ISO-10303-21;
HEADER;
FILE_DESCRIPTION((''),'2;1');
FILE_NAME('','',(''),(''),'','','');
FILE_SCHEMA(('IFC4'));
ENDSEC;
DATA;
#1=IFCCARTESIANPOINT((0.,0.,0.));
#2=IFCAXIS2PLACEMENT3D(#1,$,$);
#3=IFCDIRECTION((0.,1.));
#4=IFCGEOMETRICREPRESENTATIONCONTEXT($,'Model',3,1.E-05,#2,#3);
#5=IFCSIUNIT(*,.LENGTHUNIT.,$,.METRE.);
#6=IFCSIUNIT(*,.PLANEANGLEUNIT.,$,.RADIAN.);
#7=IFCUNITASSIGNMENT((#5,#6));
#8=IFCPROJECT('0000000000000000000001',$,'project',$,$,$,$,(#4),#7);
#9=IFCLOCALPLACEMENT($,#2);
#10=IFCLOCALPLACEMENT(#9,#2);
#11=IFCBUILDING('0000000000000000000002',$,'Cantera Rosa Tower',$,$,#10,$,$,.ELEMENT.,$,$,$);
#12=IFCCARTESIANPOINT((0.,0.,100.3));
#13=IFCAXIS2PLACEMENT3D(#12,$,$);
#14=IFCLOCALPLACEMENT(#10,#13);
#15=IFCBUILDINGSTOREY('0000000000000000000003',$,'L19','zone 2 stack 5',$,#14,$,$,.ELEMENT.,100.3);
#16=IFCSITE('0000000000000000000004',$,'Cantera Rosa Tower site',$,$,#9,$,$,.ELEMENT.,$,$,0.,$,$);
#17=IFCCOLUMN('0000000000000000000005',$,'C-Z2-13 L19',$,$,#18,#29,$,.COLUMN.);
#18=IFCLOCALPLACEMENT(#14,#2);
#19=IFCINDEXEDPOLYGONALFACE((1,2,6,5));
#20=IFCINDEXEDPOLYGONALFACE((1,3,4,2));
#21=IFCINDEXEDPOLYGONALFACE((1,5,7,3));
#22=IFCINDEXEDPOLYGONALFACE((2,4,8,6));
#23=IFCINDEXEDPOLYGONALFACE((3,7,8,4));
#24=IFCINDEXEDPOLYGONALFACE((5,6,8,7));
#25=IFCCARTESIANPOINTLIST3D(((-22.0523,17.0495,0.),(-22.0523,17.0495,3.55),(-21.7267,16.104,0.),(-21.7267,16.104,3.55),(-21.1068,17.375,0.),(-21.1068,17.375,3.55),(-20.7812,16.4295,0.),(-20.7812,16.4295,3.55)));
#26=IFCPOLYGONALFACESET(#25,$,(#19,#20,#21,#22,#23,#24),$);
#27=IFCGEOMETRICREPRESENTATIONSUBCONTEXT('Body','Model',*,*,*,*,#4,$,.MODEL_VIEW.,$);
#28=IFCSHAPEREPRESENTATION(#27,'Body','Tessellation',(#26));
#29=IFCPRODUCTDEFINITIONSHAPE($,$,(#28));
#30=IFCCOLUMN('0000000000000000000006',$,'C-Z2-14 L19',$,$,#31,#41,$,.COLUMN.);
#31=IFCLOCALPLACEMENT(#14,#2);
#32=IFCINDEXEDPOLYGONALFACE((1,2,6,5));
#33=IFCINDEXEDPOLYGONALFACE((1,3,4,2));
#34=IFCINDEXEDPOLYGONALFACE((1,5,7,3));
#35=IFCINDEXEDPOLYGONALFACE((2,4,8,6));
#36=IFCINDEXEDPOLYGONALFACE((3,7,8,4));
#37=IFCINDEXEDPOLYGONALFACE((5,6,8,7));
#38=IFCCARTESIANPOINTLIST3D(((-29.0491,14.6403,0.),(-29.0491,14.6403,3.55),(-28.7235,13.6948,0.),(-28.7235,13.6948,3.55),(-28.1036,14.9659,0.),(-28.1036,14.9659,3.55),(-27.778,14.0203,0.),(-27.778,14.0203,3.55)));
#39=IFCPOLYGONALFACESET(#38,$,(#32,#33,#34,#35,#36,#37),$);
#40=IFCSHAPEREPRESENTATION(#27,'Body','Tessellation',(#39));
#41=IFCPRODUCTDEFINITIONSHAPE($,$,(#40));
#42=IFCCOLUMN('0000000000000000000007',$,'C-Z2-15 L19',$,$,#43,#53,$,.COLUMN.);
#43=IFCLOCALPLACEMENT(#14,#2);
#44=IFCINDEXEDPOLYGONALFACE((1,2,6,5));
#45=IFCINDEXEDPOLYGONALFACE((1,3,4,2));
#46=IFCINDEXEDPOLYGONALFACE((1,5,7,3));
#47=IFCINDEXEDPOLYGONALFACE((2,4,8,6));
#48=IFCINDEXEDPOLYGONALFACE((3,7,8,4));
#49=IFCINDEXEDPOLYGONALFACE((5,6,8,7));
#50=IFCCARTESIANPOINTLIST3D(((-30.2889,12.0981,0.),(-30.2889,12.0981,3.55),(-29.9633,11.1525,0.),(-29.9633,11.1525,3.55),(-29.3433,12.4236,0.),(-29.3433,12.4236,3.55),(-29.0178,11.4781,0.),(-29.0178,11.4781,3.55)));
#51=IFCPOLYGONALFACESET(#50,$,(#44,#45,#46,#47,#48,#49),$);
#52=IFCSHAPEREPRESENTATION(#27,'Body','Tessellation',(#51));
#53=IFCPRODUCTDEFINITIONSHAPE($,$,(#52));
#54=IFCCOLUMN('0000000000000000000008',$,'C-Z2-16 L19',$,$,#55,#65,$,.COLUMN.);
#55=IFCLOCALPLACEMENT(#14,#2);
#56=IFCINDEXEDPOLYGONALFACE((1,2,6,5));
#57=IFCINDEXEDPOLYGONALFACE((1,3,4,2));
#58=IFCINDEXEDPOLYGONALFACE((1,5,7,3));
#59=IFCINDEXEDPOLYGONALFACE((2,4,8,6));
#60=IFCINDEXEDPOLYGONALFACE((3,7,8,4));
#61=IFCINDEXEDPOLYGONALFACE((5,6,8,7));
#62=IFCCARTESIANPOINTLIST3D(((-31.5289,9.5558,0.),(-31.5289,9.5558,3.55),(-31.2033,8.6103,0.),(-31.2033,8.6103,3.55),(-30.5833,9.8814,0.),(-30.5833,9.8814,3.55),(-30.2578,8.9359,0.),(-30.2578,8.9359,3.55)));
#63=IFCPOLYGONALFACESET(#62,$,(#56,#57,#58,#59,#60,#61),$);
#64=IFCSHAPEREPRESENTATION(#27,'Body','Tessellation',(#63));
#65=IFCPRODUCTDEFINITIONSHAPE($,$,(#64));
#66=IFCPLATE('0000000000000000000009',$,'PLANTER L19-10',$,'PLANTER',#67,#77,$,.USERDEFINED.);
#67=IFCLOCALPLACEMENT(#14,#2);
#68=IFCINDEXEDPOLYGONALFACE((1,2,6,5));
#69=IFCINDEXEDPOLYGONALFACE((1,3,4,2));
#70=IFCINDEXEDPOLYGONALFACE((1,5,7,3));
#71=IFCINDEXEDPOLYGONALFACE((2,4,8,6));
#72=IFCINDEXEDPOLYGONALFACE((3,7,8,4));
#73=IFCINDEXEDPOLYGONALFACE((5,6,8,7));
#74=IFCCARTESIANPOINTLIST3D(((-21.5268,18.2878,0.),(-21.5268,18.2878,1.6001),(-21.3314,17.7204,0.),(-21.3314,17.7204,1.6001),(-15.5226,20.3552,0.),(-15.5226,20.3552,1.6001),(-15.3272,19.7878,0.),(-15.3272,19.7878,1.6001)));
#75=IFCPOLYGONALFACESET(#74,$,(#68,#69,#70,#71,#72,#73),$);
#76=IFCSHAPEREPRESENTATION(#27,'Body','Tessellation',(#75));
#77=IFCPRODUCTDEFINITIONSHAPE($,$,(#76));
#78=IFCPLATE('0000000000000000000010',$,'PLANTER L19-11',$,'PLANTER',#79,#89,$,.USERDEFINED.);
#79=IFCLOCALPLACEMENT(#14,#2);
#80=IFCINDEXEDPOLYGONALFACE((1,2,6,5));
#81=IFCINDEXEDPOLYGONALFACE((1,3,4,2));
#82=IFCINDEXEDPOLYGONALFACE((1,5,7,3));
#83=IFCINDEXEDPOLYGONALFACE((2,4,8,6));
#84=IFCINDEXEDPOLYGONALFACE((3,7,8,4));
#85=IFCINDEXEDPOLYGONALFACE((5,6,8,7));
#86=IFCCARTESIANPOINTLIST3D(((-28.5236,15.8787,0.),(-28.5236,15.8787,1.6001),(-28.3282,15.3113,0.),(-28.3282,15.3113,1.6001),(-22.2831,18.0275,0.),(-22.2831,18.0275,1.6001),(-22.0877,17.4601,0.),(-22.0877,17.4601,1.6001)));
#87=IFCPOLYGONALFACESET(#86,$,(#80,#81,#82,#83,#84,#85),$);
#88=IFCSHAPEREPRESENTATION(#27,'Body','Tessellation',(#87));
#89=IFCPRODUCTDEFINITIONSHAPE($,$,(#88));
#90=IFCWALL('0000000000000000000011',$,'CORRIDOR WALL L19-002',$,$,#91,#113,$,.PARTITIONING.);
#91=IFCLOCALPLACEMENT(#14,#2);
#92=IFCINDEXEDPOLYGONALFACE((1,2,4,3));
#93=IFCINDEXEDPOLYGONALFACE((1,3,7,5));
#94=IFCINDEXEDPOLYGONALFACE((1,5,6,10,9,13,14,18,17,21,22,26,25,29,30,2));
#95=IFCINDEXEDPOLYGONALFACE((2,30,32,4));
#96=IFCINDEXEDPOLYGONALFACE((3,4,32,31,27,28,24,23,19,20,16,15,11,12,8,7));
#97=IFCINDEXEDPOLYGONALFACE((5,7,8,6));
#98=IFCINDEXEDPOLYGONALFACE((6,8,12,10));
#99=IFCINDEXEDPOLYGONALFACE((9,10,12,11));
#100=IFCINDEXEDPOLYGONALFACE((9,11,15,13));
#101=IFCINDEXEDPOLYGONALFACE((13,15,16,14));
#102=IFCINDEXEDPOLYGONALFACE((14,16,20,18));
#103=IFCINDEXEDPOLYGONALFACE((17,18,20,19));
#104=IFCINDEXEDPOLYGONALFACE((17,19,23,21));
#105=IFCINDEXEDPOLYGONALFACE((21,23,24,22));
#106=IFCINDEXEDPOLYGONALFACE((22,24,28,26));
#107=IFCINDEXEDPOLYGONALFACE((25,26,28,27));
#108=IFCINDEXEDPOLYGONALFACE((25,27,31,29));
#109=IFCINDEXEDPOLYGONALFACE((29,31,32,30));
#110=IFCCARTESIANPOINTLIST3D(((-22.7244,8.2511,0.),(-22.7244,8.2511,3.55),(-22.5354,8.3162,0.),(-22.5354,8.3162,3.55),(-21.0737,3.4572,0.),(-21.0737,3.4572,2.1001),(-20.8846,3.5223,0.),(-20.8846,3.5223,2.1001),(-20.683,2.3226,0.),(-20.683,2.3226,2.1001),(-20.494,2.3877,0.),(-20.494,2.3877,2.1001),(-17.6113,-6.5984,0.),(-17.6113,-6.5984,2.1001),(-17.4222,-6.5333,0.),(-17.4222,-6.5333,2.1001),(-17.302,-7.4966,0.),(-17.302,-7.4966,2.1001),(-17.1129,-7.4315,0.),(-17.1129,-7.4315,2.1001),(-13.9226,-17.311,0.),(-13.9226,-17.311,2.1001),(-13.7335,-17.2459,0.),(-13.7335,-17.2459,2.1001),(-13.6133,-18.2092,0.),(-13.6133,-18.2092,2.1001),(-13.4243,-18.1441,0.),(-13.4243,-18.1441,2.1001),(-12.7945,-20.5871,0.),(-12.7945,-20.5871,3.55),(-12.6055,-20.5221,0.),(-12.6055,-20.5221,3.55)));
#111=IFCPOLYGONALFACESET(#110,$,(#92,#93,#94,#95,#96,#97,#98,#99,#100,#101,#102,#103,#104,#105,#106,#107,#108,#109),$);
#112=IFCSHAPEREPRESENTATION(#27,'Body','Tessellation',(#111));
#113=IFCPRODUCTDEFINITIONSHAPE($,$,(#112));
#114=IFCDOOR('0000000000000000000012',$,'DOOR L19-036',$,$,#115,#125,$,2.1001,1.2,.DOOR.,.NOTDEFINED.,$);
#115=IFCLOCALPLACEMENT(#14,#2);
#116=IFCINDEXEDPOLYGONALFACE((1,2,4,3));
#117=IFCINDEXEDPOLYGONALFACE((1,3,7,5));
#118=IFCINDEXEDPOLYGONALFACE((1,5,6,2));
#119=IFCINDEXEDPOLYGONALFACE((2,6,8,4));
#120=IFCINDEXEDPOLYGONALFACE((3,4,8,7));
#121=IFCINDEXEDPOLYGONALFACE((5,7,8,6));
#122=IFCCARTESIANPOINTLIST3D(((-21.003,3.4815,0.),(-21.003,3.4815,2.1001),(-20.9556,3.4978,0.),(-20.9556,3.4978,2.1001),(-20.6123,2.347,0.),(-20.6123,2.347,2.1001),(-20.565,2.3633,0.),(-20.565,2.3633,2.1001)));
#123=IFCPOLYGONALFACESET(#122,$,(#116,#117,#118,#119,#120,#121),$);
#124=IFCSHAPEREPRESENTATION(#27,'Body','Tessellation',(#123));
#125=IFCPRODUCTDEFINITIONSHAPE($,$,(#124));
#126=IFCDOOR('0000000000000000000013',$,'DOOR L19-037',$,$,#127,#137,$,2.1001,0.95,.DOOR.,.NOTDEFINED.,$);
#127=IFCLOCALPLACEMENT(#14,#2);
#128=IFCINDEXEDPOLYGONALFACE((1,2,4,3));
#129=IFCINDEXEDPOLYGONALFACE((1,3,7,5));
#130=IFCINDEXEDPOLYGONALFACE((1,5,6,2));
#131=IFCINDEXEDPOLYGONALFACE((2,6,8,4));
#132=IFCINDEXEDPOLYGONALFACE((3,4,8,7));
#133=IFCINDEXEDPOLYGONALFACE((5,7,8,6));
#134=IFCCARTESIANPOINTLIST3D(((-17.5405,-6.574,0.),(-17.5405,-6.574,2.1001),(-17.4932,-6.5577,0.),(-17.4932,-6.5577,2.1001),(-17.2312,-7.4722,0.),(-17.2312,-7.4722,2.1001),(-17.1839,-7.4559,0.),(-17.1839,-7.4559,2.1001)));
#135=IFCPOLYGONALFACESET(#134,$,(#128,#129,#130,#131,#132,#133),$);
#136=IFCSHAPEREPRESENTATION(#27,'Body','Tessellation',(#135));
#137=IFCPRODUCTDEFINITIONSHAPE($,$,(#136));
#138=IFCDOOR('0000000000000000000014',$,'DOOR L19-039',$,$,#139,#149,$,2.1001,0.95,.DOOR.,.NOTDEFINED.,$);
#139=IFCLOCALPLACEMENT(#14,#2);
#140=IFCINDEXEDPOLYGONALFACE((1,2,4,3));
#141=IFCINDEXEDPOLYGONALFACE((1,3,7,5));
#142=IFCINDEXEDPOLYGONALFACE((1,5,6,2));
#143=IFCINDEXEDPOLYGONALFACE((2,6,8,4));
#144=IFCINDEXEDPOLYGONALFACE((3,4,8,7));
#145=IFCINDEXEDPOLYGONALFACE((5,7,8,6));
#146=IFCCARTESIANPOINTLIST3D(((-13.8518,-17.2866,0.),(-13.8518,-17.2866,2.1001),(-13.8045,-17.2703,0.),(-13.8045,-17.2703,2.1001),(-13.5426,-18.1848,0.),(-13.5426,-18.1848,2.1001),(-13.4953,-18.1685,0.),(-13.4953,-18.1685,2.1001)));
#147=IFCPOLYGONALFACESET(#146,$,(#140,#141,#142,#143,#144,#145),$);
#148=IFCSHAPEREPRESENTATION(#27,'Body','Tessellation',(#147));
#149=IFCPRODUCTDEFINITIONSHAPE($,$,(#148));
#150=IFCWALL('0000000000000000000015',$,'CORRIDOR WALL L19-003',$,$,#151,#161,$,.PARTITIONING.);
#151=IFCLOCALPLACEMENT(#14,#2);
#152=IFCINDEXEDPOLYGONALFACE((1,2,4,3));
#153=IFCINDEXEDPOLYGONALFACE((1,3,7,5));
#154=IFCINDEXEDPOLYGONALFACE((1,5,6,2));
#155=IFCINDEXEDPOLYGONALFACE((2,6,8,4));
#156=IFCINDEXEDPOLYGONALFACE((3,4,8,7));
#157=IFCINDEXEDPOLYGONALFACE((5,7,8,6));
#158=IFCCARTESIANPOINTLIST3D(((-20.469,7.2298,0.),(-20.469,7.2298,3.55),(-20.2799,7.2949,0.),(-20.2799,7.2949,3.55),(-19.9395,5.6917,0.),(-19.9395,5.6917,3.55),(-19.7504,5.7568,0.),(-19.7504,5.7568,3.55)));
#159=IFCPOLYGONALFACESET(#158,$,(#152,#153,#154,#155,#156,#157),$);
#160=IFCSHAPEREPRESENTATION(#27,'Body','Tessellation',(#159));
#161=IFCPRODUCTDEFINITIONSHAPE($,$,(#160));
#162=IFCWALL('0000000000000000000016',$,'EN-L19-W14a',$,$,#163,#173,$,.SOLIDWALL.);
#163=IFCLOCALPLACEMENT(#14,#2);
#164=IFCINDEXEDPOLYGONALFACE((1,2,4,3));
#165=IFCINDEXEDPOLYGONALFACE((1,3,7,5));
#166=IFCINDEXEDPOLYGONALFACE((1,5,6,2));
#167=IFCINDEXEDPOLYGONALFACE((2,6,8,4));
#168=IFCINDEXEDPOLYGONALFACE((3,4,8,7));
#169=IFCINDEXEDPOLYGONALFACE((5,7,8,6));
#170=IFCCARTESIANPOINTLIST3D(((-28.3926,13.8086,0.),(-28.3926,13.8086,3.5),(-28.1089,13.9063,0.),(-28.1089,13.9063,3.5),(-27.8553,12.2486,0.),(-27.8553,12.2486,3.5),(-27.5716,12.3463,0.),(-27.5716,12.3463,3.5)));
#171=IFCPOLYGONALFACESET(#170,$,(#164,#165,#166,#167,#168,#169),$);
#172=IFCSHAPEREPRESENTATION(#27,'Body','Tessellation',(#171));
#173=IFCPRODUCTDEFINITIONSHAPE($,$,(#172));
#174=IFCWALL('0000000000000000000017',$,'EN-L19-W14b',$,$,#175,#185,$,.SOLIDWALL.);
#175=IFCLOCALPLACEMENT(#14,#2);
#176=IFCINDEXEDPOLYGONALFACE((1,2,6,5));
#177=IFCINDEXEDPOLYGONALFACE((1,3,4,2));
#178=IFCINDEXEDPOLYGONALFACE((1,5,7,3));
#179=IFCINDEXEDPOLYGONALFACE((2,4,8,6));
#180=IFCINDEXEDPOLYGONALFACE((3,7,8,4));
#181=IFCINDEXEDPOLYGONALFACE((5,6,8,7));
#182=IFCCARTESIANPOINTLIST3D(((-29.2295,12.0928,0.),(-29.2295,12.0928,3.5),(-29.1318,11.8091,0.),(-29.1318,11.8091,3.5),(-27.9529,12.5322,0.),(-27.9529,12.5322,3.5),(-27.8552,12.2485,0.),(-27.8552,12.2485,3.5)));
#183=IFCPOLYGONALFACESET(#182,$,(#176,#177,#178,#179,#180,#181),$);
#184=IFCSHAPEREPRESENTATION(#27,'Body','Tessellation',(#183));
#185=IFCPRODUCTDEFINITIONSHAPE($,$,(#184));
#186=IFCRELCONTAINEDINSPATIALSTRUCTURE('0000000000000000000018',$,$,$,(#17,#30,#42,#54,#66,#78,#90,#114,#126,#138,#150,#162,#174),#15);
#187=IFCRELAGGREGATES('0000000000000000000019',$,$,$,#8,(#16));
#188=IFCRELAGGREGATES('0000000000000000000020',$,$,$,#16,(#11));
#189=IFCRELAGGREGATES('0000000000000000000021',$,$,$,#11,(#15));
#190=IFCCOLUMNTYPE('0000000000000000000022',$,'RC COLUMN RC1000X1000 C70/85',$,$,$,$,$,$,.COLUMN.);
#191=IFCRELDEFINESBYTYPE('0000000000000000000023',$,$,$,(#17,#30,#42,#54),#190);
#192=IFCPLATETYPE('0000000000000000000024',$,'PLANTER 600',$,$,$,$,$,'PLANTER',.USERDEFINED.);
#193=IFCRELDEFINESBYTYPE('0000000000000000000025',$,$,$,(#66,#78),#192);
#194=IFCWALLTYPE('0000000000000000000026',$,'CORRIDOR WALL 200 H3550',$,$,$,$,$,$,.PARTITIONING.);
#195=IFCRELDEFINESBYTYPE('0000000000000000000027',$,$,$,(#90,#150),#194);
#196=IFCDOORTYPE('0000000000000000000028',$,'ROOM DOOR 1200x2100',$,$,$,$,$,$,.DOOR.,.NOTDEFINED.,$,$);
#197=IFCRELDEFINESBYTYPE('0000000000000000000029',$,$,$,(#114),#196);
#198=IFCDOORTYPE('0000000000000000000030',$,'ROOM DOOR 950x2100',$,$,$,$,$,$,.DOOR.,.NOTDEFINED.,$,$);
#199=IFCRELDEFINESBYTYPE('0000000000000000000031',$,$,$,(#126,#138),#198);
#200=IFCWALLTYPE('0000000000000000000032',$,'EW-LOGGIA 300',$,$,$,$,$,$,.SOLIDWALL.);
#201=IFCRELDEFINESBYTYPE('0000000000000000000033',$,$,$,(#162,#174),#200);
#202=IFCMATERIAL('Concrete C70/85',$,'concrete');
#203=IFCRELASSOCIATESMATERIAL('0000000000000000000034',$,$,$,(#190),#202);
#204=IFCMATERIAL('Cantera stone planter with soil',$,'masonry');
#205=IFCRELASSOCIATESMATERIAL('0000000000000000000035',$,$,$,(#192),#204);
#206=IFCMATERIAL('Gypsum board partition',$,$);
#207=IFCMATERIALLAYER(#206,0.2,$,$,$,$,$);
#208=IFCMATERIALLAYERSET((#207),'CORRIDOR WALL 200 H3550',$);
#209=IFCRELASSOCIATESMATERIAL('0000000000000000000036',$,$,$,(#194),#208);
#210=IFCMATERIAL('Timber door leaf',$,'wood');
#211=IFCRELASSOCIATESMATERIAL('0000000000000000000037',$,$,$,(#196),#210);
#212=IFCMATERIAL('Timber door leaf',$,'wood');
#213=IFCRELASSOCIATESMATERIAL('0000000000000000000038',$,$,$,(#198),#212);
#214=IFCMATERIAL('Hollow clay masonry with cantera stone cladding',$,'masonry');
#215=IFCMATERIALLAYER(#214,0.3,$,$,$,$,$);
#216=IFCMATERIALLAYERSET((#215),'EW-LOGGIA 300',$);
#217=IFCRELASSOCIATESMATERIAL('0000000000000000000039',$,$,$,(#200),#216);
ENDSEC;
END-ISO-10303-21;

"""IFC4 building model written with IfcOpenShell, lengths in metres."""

from ifc_helpers import new_model, si_unit, direction, frame, frame_2d, origin, origin_2d, place, context, subcontext, project, spatial, rectangle, extrude, material, layer, layer_set, material_profile, profile_set, type_object, element, fill, save


model = new_model("IFC4")

# Units and contexts
model_context = context("Model", 3, precision=1e-05, world=origin(), true_north=direction((0.0, 1.0)))
body_context = subcontext(model_context, "Body", "Model", "MODEL_VIEW")
ifc_project = project(units=[si_unit("LENGTHUNIT", "METRE"), si_unit("PLANEANGLEUNIT", "RADIAN")], contexts=[model_context])

# Site, building, storey
site_placement = place(None, origin())
site = spatial("IfcSite", under=ifc_project, at=site_placement, Name="Cantera Rosa Tower site", CompositionType="ELEMENT", RefElevation=0.0)
building_placement = place(site_placement, origin())
building = spatial("IfcBuilding", under=site, at=building_placement, Name="Cantera Rosa Tower", CompositionType="ELEMENT")
storey_placement = place(building_placement, frame((0.0, 0.0, 100.3)))
storey = spatial("IfcBuildingStorey", under=building, at=storey_placement, Name="L19", Description="zone 2 stack 5", CompositionType="ELEMENT", Elevation=100.3)

# Columns
ifc_material_1 = material(Name="Concrete C70/85", Category="concrete")
ifc_material_profile = material_profile(ifc_material_1, rectangle(XDim=1.0, YDim=1.0, at=origin_2d()), Name="RC COLUMN RC1000X1000 C70/85")
ifc_profile_set = profile_set([ifc_material_profile], Name="Concrete C70/85")
column_type = type_object("IfcColumnType", Name="RC COLUMN RC1000X1000 C70/85", PredefinedType="COLUMN", material=ifc_profile_set)
for number, where, z_axis, x_axis, name in (
    (1, (-21.4167, 16.7395, 0.0), (0.0, 0.0, 1.0), (0.945519, 0.325568, 0.0), "C-Z2-13 L19"),
    (2, (-28.4136, 14.3303, 0.0), (0.0, 0.0, 1.0), (0.945519, 0.325568, 0.0), "C-Z2-14 L19"),
    (3, (-29.6533, 11.7881, 0.0), (0.0, 0.0, 1.0), (0.945519, 0.325568, 0.0), "C-Z2-15 L19"),
    (4, (-30.8933, 9.2458, 0.0), (0.0, 0.0, 1.0), (0.945519, 0.325568, 0.0), "C-Z2-16 L19"),
):
    element("IfcColumn", number, at=place(storey_placement, frame(where, z_axis=z_axis, x_axis=x_axis)), inside=storey, type_object=column_type, Name=name, PredefinedType="COLUMN", context=body_context, shape_type="SweptSolid", body=[
        extrude(rectangle(XDim=1.0, YDim=1.0, at=origin_2d()), origin(), (0.0, 0.0, 1.0), 3.55),
    ])

# Plates
ifc_material_2 = material(Name="Cantera stone planter with soil", Category="masonry")
plate_type = type_object("IfcPlateType", Name="PLANTER 600", ElementType="PLANTER", PredefinedType="USERDEFINED", material=ifc_material_2)
plate_1_placement = place(storey_placement, frame((-18.427, 19.0378, 0.0), z_axis=(0.0, 0.0, 1.0), x_axis=(-0.945519, -0.325568, 0.0)))
element("IfcPlate", 5, at=plate_1_placement, inside=storey, type_object=plate_type, Name="PLANTER L19-10", ObjectType="PLANTER", PredefinedType="USERDEFINED", context=body_context, shape_type="SweptSolid", body=[
    extrude(rectangle(XDim=6.3501, YDim=0.6001, at=origin_2d()), origin(), (0.0, 0.0, 1.0), 1.6001),
])
plate_2_placement = place(storey_placement, frame((-25.3057, 16.6694, 0.0), z_axis=(0.0, 0.0, 1.0), x_axis=(-0.945519, -0.325568, 0.0)))
element("IfcPlate", 6, at=plate_2_placement, inside=storey, type_object=plate_type, Name="PLANTER L19-11", ObjectType="PLANTER", PredefinedType="USERDEFINED", context=body_context, shape_type="SweptSolid", body=[
    extrude(rectangle(XDim=6.6001, YDim=0.6001, at=origin_2d()), origin(), (0.0, 0.0, 1.0), 1.6001),
])

# Wall, openings, doors
ifc_material_3 = material(Name="Gypsum board partition")
ifc_layer_1 = layer(ifc_material_3, 0.2)
ifc_layer_set_1 = layer_set([ifc_layer_1], Name="CORRIDOR WALL 200 H3550")
wall_type_1 = type_object("IfcWallType", Name="CORRIDOR WALL 200 H3550", PredefinedType="PARTITIONING", material=ifc_layer_set_1)
wall_1_placement = place(storey_placement, frame((-22.6299, 8.2837, 0.0), z_axis=(0.0, 0.0, 1.0), x_axis=(0.325571, -0.945518, 0.0)))
wall_1 = element("IfcWall", 7, at=wall_1_placement, inside=storey, type_object=wall_type_1, Name="CORRIDOR WALL L19-002", PredefinedType="PARTITIONING", context=body_context, shape_type="SweptSolid", body=[
    extrude(rectangle(XDim=30.5, YDim=0.2, at=frame_2d((15.25, 0.0))), origin(), (0.0, 0.0, 1.0), 3.55),
])
opening_1_placement = place(wall_1_placement, frame((5.0701, 0.0, 0.0)))
opening_1 = element("IfcOpeningElement", 8, at=opening_1_placement, cuts=wall_1, PredefinedType="OPENING", context=body_context, shape_type="SweptSolid", body=[
    extrude(rectangle(XDim=1.2, YDim=2.1001, at=frame_2d((0.6001, 1.05))), frame((0.0, 0.1099, 0.0), z_axis=(0.0, -1.0, 0.0), x_axis=(1.0, 0.0, 0.0)), (0.0, 0.0, 1.0), 0.22),
])
opening_2_placement = place(wall_1_placement, frame((15.7051, 0.0, 0.0)))
opening_2 = element("IfcOpeningElement", 9, at=opening_2_placement, cuts=wall_1, PredefinedType="OPENING", context=body_context, shape_type="SweptSolid", body=[
    extrude(rectangle(XDim=0.95, YDim=2.1001, at=frame_2d((0.4751, 1.05))), frame((0.0, 0.1099, 0.0), z_axis=(0.0, -1.0, 0.0), x_axis=(1.0, 0.0, 0.0)), (0.0, 0.0, 1.0), 0.22),
])
opening_3_placement = place(wall_1_placement, frame((27.0349, 0.0, 0.0)))
opening_3 = element("IfcOpeningElement", 10, at=opening_3_placement, cuts=wall_1, PredefinedType="OPENING", context=body_context, shape_type="SweptSolid", body=[
    extrude(rectangle(XDim=0.95, YDim=2.1001, at=frame_2d((0.4751, 1.05))), frame((0.0, 0.1099, 0.0), z_axis=(0.0, -1.0, 0.0), x_axis=(1.0, 0.0, 0.0)), (0.0, 0.0, 1.0), 0.22),
])
ifc_material_4 = material(Name="Timber door leaf", Category="wood")
door_type_1 = type_object("IfcDoorType", Name="ROOM DOOR 1200x2100", OperationType="NOTDEFINED", PredefinedType="DOOR", material=ifc_material_4)
door_1_placement = place(opening_1_placement, origin())
door_1 = element("IfcDoor", 11, at=door_1_placement, inside=storey, type_object=door_type_1, Name="DOOR L19-036", OperationType="NOTDEFINED", OverallHeight=2.1001, OverallWidth=1.2, PredefinedType="DOOR", context=body_context, shape_type="SweptSolid", body=[
    extrude(rectangle(XDim=1.2, YDim=2.1001, at=frame_2d((0.6001, 1.05))), frame((0.0, 0.0249, 0.0), z_axis=(0.0, -1.0, 0.0), x_axis=(1.0, 0.0, 0.0)), (0.0, 0.0, 1.0), 0.05),
])
fill(opening_1, door_1)
ifc_material_5 = material(Name="Timber door leaf", Category="wood")
door_type_2 = type_object("IfcDoorType", Name="ROOM DOOR 950x2100", OperationType="NOTDEFINED", PredefinedType="DOOR", material=ifc_material_5)
door_2_placement = place(opening_2_placement, origin())
door_2 = element("IfcDoor", 12, at=door_2_placement, inside=storey, type_object=door_type_2, Name="DOOR L19-037", OperationType="NOTDEFINED", OverallHeight=2.1001, OverallWidth=0.95, PredefinedType="DOOR", context=body_context, shape_type="SweptSolid", body=[
    extrude(rectangle(XDim=0.95, YDim=2.1001, at=frame_2d((0.4751, 1.05))), frame((0.0, 0.0249, 0.0), z_axis=(0.0, -1.0, 0.0), x_axis=(1.0, 0.0, 0.0)), (0.0, 0.0, 1.0), 0.05),
])
fill(opening_2, door_2)
door_3_placement = place(opening_3_placement, origin())
door_3 = element("IfcDoor", 13, at=door_3_placement, inside=storey, type_object=door_type_2, Name="DOOR L19-039", OperationType="NOTDEFINED", OverallHeight=2.1001, OverallWidth=0.95, PredefinedType="DOOR", context=body_context, shape_type="SweptSolid", body=[
    extrude(rectangle(XDim=0.95, YDim=2.1001, at=frame_2d((0.4751, 1.05))), frame((0.0, 0.0249, 0.0), z_axis=(0.0, -1.0, 0.0), x_axis=(1.0, 0.0, 0.0)), (0.0, 0.0, 1.0), 0.05),
])
fill(opening_3, door_3)

# Walls
wall_2_placement = place(storey_placement, frame((-20.3745, 7.2625, 0.0), z_axis=(0.0, 0.0, 1.0), x_axis=(0.325533, -0.945531, 0.0)))
element("IfcWall", 14, at=wall_2_placement, inside=storey, type_object=wall_type_1, Name="CORRIDOR WALL L19-003", PredefinedType="PARTITIONING", context=body_context, shape_type="SweptSolid", body=[
    extrude(rectangle(XDim=1.6267, YDim=0.2, at=frame_2d((0.8135, 0.0))), origin(), (0.0, 0.0, 1.0), 3.55),
])
ifc_material_6 = material(Name="Hollow clay masonry with cantera stone cladding", Category="masonry")
ifc_layer_2 = layer(ifc_material_6, 0.3)
ifc_layer_set_2 = layer_set([ifc_layer_2], Name="EW-LOGGIA 300")
wall_type_2 = type_object("IfcWallType", Name="EW-LOGGIA 300", PredefinedType="SOLIDWALL", material=ifc_layer_set_2)
wall_3_placement = place(storey_placement, frame((-28.2507, 13.8574, 0.0), z_axis=(0.0, 0.0, 1.0), x_axis=(0.325667, -0.945485, 0.0)))
element("IfcWall", 15, at=wall_3_placement, inside=storey, type_object=wall_type_2, Name="EN-L19-W14a", PredefinedType="SOLIDWALL", context=body_context, shape_type="SweptSolid", body=[
    extrude(rectangle(XDim=1.6499, YDim=0.3, at=frame_2d((0.825, 0.0))), origin(), (0.0, 0.0, 1.0), 3.5),
])
wall_4_placement = place(storey_placement, frame((-27.9041, 12.3904, 0.0), z_axis=(0.0, 0.0, 1.0), x_axis=(-0.945546, -0.325489, 0.0)))
element("IfcWall", 16, at=wall_4_placement, inside=storey, type_object=wall_type_2, Name="EN-L19-W14b", PredefinedType="SOLIDWALL", context=body_context, shape_type="SweptSolid", body=[
    extrude(rectangle(XDim=1.3501, YDim=0.3, at=frame_2d((0.675, 0.0))), origin(), (0.0, 0.0, 1.0), 3.5),
])

save(model, "model.ifc")
